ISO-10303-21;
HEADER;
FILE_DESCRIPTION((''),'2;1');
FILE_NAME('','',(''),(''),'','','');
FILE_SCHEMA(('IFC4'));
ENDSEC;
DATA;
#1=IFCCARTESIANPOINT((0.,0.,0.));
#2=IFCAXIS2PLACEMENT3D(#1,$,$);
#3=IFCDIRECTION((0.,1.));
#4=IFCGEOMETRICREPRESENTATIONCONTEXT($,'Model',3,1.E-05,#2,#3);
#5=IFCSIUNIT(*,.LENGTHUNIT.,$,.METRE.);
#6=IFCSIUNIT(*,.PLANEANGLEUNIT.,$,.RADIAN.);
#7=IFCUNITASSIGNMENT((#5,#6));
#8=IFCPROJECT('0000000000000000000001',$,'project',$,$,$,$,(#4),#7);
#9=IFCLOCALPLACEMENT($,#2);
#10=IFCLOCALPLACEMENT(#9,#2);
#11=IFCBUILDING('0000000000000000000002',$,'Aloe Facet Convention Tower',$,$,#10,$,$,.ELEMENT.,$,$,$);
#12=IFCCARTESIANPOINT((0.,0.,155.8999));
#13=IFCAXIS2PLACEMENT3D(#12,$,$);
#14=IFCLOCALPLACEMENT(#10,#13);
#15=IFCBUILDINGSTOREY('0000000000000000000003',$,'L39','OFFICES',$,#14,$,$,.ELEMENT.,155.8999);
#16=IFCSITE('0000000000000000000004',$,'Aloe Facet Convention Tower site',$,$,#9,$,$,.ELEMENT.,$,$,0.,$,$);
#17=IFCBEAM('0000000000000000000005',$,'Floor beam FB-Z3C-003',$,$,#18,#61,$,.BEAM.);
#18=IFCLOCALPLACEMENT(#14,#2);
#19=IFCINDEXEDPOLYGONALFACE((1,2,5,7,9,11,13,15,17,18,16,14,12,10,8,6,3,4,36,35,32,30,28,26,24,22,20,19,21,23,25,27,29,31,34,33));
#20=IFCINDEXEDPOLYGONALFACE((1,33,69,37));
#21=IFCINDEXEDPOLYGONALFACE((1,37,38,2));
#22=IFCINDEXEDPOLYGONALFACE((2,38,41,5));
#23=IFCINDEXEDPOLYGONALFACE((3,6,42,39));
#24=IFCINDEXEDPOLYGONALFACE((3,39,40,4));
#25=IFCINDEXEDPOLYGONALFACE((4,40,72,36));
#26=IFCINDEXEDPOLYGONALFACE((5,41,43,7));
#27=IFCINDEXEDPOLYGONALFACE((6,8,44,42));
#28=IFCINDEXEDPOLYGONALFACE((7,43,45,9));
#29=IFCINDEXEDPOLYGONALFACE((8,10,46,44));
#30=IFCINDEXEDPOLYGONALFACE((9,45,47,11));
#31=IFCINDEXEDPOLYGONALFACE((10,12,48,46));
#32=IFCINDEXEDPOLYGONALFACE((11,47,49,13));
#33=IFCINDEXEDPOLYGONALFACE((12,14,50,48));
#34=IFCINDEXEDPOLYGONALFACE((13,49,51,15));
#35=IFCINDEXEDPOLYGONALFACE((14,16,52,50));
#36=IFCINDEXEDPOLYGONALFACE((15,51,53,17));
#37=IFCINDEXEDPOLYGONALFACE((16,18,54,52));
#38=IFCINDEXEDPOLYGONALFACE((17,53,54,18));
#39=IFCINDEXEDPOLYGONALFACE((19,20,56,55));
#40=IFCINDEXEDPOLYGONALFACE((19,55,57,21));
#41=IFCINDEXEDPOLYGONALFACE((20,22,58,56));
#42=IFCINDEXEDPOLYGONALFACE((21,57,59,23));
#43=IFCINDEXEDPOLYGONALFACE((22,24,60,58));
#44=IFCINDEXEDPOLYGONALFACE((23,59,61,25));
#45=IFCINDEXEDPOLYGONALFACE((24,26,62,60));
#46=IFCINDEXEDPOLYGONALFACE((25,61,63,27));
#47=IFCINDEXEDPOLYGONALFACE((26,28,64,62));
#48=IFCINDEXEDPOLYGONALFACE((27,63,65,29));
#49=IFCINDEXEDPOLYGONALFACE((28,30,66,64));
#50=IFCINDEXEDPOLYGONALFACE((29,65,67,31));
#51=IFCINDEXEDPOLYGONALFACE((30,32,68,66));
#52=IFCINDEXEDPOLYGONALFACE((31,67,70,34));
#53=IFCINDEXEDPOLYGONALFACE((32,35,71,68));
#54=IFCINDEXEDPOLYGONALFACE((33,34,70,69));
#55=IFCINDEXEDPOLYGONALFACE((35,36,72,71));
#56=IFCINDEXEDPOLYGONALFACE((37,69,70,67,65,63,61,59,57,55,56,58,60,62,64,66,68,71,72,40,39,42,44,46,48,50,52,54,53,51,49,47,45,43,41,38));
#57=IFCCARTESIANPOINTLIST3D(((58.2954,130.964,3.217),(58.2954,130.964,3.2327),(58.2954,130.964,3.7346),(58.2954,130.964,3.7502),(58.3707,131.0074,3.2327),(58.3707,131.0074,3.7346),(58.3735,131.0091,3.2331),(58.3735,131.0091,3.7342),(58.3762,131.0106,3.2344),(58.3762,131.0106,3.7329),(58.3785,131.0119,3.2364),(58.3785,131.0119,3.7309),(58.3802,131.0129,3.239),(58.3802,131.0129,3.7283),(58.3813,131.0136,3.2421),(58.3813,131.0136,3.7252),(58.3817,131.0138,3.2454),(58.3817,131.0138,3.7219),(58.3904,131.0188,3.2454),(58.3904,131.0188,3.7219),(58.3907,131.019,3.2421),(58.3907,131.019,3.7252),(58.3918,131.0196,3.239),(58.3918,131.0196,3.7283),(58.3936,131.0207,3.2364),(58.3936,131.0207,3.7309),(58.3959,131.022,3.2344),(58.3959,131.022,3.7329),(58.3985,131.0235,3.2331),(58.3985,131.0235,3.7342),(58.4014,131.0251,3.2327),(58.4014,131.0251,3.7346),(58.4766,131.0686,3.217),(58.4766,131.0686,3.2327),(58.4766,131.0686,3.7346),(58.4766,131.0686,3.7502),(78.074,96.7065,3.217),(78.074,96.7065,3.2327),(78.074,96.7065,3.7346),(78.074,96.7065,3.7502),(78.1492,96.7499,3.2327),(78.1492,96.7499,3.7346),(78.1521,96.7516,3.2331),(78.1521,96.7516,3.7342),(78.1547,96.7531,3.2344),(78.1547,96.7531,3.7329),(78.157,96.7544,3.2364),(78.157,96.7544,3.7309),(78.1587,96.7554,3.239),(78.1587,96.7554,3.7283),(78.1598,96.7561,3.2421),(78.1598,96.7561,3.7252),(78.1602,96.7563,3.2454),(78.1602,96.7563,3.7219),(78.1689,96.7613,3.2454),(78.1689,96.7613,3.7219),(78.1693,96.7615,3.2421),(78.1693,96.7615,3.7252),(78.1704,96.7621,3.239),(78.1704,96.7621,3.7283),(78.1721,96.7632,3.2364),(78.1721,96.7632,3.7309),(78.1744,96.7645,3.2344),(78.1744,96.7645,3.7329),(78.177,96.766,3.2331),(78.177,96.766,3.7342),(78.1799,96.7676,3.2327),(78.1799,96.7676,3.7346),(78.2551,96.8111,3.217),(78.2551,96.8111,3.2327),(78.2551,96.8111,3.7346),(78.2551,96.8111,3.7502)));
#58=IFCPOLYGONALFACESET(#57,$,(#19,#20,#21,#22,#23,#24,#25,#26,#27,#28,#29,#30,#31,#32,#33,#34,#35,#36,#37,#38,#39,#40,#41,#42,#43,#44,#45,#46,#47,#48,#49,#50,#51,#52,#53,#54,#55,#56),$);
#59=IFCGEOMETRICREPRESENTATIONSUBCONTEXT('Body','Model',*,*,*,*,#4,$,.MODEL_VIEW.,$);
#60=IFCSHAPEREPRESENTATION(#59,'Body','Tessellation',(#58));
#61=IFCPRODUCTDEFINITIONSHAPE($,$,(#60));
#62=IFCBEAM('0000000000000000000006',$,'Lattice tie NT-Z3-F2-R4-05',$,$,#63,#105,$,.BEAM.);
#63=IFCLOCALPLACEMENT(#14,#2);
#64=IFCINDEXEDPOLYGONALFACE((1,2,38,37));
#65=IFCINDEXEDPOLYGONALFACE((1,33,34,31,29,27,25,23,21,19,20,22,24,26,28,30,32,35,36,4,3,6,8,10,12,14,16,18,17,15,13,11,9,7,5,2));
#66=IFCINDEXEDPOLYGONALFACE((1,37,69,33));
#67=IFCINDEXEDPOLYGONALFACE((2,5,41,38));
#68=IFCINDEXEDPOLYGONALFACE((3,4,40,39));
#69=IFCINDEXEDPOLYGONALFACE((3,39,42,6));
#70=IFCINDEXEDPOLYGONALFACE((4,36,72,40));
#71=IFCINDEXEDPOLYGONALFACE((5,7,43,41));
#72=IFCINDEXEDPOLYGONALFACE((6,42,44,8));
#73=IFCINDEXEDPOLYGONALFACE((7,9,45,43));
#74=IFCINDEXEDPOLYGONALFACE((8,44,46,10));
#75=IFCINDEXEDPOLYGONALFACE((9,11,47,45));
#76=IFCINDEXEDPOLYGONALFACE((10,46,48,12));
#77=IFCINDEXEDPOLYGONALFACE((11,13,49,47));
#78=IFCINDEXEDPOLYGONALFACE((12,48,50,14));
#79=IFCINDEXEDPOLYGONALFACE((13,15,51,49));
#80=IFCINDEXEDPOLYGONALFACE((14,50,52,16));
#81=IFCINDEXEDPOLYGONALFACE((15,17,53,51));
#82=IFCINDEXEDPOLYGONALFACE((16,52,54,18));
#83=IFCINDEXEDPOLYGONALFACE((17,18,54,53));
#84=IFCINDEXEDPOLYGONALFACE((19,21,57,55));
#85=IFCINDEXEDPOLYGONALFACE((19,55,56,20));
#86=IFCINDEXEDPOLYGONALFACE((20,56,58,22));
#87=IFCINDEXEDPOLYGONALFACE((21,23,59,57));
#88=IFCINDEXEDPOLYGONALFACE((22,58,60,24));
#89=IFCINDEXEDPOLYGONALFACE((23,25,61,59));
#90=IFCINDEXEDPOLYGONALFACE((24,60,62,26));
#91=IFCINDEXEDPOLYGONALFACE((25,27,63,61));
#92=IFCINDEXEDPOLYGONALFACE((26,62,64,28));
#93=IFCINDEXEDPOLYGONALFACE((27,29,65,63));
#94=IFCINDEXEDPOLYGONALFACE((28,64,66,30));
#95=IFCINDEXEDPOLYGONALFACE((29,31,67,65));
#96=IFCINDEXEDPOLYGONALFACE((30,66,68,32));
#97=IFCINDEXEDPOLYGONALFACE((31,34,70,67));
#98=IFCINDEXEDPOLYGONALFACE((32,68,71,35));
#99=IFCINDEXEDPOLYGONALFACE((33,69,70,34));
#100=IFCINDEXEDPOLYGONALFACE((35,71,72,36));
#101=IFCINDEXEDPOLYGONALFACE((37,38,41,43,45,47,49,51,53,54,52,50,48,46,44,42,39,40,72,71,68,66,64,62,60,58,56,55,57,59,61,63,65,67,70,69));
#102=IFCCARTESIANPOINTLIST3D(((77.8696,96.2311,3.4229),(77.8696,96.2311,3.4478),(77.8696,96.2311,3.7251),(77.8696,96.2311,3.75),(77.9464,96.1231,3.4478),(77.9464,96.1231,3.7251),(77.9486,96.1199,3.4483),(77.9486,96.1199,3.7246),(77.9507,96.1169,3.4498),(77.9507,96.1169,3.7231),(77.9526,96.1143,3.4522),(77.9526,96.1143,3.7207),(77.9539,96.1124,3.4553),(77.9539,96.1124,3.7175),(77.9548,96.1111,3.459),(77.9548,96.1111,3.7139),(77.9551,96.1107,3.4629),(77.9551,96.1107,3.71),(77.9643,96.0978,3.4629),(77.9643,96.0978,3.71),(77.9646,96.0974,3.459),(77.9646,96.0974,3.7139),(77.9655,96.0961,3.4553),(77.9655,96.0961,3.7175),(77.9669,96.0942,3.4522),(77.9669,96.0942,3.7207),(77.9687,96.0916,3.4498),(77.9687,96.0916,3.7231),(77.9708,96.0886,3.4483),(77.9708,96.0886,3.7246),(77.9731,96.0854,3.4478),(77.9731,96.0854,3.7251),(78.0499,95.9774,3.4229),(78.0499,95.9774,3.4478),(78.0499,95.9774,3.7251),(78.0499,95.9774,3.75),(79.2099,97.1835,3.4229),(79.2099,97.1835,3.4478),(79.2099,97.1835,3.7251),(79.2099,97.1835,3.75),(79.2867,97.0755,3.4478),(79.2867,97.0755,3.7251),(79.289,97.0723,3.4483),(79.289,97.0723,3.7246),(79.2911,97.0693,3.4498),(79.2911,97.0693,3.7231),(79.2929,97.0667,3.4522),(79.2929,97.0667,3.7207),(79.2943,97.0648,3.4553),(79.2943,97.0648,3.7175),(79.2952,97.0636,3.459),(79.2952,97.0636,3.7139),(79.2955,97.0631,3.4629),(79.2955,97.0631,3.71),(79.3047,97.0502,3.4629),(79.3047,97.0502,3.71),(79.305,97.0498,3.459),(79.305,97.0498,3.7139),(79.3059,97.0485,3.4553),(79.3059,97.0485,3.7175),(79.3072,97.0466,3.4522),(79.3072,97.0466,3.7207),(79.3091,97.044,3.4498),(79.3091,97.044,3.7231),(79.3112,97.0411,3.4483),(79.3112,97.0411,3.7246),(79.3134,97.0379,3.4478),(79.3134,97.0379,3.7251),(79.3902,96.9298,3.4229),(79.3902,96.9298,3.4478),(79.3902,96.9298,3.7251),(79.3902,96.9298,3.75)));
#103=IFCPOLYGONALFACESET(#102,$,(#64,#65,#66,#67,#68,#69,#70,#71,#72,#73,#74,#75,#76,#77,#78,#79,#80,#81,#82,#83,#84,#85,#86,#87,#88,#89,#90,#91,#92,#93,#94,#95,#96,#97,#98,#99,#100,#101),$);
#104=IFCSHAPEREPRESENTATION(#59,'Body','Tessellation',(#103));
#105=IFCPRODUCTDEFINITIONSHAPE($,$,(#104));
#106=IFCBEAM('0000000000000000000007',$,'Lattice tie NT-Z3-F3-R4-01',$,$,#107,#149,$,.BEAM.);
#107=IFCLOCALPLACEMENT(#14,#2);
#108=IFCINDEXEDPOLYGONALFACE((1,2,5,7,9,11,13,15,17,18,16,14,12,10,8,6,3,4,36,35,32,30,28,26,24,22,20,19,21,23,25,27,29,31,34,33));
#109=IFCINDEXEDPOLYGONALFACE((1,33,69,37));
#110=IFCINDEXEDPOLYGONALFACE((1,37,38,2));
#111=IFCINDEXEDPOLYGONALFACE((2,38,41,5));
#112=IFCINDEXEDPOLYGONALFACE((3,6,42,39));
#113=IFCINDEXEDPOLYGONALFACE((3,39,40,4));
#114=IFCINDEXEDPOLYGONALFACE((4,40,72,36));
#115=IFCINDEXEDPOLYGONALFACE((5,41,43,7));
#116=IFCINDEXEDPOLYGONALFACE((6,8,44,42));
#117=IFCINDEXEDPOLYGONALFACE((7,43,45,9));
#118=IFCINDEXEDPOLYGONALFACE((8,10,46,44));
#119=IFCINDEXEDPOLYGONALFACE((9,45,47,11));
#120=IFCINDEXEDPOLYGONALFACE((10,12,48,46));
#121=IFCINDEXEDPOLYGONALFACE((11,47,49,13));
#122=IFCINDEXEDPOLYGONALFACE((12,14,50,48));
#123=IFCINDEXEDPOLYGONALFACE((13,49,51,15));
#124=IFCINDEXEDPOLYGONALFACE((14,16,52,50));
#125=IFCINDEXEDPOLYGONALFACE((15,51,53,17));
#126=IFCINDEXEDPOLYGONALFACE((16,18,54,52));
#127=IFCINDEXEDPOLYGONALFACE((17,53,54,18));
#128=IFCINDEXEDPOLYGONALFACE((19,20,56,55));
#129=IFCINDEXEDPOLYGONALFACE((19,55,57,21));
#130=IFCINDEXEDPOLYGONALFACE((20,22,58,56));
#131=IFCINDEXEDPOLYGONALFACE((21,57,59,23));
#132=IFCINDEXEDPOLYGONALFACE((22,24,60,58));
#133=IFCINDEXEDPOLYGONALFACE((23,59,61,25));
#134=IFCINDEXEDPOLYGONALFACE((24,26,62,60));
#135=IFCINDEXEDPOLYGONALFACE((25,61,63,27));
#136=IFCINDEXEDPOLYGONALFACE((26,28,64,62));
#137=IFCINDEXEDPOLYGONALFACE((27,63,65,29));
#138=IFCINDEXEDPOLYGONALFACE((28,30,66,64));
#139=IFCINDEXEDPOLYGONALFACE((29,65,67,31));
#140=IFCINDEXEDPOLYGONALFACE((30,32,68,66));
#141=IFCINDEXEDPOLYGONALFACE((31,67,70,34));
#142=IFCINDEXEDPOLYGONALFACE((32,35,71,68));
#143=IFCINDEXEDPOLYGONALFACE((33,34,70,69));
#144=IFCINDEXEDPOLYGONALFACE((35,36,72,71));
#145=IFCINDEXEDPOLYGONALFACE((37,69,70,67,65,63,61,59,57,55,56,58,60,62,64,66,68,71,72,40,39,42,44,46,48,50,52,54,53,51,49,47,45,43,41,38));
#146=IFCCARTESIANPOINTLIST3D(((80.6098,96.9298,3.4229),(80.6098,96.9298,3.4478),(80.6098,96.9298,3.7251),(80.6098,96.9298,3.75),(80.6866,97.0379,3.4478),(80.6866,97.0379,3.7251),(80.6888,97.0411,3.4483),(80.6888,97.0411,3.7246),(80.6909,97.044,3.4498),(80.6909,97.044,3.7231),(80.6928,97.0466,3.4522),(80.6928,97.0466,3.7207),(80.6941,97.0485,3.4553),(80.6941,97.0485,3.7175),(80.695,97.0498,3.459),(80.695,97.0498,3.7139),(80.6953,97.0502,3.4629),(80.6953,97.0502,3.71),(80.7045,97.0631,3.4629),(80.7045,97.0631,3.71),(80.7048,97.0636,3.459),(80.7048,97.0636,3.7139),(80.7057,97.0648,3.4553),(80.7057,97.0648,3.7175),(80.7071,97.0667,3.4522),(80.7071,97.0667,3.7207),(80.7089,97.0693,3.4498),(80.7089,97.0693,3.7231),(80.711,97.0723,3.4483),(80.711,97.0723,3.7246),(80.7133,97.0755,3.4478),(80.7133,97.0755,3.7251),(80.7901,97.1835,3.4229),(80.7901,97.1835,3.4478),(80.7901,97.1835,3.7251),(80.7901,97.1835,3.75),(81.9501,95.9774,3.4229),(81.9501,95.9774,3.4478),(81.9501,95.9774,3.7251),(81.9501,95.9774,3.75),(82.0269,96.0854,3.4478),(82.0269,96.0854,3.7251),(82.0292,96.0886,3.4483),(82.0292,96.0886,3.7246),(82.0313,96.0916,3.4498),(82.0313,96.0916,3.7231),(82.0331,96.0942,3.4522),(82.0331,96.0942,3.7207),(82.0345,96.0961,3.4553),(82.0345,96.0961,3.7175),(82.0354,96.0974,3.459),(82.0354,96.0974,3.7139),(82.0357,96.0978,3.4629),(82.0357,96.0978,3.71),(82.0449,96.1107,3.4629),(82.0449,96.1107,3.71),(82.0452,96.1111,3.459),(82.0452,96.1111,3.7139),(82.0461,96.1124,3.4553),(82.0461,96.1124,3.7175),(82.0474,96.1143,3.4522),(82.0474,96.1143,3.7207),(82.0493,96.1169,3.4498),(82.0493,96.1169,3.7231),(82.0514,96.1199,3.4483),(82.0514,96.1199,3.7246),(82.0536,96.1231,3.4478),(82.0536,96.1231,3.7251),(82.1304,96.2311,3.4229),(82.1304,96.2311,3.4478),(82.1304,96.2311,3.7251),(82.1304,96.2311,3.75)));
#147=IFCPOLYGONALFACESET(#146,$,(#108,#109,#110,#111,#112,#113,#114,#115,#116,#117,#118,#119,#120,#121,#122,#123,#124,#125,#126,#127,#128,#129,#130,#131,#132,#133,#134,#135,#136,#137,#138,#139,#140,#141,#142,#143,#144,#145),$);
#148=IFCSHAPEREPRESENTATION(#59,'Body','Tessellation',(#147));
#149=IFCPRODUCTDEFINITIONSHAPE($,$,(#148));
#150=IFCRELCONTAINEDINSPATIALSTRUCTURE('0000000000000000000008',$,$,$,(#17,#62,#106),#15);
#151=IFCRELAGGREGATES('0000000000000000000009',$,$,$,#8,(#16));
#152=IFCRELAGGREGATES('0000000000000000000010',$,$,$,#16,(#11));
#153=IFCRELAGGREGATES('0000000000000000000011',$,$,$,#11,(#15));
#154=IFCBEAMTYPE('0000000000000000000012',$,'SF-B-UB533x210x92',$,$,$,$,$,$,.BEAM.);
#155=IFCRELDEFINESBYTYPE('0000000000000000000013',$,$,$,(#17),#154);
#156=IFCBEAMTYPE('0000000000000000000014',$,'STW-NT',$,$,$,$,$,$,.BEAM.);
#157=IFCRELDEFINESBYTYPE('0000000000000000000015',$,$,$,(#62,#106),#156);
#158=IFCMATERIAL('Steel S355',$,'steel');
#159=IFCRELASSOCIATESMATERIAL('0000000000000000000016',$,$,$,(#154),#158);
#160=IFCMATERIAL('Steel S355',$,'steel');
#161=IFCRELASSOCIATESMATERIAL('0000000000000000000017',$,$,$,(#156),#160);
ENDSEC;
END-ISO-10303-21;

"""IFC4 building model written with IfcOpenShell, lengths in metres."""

from ifc_helpers import new_model, si_unit, direction, frame, origin, origin_2d, place, context, subcontext, project, spatial, i_section, extrude, material, material_profile, profile_set, type_object, element, save


model = new_model("IFC4")

# Units and contexts
model_context = context("Model", 3, precision=1e-05, world=origin(), true_north=direction((0.0, 1.0)))
body_context = subcontext(model_context, "Body", "Model", "MODEL_VIEW")
ifc_project = project(units=[si_unit("LENGTHUNIT", "METRE"), si_unit("PLANEANGLEUNIT", "RADIAN")], contexts=[model_context])

# Site, building, storey
site_placement = place(None, origin())
site = spatial("IfcSite", under=ifc_project, at=site_placement, Name="Aloe Facet Convention Tower site", CompositionType="ELEMENT", RefElevation=0.0)
building_placement = place(site_placement, origin())
building = spatial("IfcBuilding", under=site, at=building_placement, Name="Aloe Facet Convention Tower", CompositionType="ELEMENT")
storey_placement = place(building_placement, frame((0.0, 0.0, 155.8999)))
storey = spatial("IfcBuildingStorey", under=building, at=storey_placement, Name="L39", Description="OFFICES", CompositionType="ELEMENT", Elevation=155.8999)

# Beams
ifc_material_1 = material(Name="Steel S355", Category="steel")
ifc_material_profile_1 = material_profile(ifc_material_1, i_section(OverallWidth=0.2092, OverallDepth=0.5332, WebThickness=0.01, FlangeThickness=0.0156, FilletRadius=0.0127, at=origin_2d()), Name="UB 533x210x92")
ifc_profile_set_1 = profile_set([ifc_material_profile_1], Name="Steel S355")
beam_type_1 = type_object("IfcBeamType", Name="SF-B-UB533x210x92", PredefinedType="BEAM", material=ifc_profile_set_1)
beam_placement = place(storey_placement, frame((78.1646, 96.7588, 3.4836), z_axis=(-0.499999, 0.866026, 0.0), x_axis=(-0.866026, -0.499999, 0.0)))
element("IfcBeam", 1, at=beam_placement, inside=storey, type_object=beam_type_1, Name="Floor beam FB-Z3C-003", PredefinedType="BEAM", context=body_context, shape_type="SweptSolid", body=[
    extrude(i_section(OverallWidth=0.2092, OverallDepth=0.5332, WebThickness=0.01, FlangeThickness=0.0156, FilletRadius=0.0127, at=origin_2d()), origin(), (0.0, 0.0, 1.0), 39.5571),
])
ifc_material_2 = material(Name="Steel S355", Category="steel")
ifc_material_profile_2 = material_profile(ifc_material_2, i_section(OverallWidth=0.3113, OverallDepth=0.3271, WebThickness=0.0159, FlangeThickness=0.0249, FilletRadius=0.0151, at=origin_2d()), Name="UC 305x305x158")
ifc_profile_set_2 = profile_set([ifc_material_profile_2], Name="Steel S355")
beam_type_2 = type_object("IfcBeamType", Name="STW-NT", PredefinedType="BEAM", material=ifc_profile_set_2)
for number, where, z_axis, x_axis, name in (
    (2, (77.9597, 96.1042, 3.5864), (0.815166, 0.579228, 0.0), (-0.579228, 0.815166, 0.0), "Lattice tie NT-Z3-F2-R4-05"),
    (3, (82.0403, 96.1042, 3.5864), (-0.815166, 0.579228, 0.0), (-0.579228, -0.815166, 0.0), "Lattice tie NT-Z3-F3-R4-01"),
):
    element("IfcBeam", number, at=place(storey_placement, frame(where, z_axis=z_axis, x_axis=x_axis)), inside=storey, type_object=beam_type_2, Name=name, PredefinedType="BEAM", context=body_context, shape_type="SweptSolid", body=[
        extrude(i_section(OverallWidth=0.3113, OverallDepth=0.3271, WebThickness=0.0159, FlangeThickness=0.0249, FilletRadius=0.0151, at=origin_2d()), origin(), (0.0, 0.0, 1.0), 1.6443),
    ])

save(model, "model.ifc")
